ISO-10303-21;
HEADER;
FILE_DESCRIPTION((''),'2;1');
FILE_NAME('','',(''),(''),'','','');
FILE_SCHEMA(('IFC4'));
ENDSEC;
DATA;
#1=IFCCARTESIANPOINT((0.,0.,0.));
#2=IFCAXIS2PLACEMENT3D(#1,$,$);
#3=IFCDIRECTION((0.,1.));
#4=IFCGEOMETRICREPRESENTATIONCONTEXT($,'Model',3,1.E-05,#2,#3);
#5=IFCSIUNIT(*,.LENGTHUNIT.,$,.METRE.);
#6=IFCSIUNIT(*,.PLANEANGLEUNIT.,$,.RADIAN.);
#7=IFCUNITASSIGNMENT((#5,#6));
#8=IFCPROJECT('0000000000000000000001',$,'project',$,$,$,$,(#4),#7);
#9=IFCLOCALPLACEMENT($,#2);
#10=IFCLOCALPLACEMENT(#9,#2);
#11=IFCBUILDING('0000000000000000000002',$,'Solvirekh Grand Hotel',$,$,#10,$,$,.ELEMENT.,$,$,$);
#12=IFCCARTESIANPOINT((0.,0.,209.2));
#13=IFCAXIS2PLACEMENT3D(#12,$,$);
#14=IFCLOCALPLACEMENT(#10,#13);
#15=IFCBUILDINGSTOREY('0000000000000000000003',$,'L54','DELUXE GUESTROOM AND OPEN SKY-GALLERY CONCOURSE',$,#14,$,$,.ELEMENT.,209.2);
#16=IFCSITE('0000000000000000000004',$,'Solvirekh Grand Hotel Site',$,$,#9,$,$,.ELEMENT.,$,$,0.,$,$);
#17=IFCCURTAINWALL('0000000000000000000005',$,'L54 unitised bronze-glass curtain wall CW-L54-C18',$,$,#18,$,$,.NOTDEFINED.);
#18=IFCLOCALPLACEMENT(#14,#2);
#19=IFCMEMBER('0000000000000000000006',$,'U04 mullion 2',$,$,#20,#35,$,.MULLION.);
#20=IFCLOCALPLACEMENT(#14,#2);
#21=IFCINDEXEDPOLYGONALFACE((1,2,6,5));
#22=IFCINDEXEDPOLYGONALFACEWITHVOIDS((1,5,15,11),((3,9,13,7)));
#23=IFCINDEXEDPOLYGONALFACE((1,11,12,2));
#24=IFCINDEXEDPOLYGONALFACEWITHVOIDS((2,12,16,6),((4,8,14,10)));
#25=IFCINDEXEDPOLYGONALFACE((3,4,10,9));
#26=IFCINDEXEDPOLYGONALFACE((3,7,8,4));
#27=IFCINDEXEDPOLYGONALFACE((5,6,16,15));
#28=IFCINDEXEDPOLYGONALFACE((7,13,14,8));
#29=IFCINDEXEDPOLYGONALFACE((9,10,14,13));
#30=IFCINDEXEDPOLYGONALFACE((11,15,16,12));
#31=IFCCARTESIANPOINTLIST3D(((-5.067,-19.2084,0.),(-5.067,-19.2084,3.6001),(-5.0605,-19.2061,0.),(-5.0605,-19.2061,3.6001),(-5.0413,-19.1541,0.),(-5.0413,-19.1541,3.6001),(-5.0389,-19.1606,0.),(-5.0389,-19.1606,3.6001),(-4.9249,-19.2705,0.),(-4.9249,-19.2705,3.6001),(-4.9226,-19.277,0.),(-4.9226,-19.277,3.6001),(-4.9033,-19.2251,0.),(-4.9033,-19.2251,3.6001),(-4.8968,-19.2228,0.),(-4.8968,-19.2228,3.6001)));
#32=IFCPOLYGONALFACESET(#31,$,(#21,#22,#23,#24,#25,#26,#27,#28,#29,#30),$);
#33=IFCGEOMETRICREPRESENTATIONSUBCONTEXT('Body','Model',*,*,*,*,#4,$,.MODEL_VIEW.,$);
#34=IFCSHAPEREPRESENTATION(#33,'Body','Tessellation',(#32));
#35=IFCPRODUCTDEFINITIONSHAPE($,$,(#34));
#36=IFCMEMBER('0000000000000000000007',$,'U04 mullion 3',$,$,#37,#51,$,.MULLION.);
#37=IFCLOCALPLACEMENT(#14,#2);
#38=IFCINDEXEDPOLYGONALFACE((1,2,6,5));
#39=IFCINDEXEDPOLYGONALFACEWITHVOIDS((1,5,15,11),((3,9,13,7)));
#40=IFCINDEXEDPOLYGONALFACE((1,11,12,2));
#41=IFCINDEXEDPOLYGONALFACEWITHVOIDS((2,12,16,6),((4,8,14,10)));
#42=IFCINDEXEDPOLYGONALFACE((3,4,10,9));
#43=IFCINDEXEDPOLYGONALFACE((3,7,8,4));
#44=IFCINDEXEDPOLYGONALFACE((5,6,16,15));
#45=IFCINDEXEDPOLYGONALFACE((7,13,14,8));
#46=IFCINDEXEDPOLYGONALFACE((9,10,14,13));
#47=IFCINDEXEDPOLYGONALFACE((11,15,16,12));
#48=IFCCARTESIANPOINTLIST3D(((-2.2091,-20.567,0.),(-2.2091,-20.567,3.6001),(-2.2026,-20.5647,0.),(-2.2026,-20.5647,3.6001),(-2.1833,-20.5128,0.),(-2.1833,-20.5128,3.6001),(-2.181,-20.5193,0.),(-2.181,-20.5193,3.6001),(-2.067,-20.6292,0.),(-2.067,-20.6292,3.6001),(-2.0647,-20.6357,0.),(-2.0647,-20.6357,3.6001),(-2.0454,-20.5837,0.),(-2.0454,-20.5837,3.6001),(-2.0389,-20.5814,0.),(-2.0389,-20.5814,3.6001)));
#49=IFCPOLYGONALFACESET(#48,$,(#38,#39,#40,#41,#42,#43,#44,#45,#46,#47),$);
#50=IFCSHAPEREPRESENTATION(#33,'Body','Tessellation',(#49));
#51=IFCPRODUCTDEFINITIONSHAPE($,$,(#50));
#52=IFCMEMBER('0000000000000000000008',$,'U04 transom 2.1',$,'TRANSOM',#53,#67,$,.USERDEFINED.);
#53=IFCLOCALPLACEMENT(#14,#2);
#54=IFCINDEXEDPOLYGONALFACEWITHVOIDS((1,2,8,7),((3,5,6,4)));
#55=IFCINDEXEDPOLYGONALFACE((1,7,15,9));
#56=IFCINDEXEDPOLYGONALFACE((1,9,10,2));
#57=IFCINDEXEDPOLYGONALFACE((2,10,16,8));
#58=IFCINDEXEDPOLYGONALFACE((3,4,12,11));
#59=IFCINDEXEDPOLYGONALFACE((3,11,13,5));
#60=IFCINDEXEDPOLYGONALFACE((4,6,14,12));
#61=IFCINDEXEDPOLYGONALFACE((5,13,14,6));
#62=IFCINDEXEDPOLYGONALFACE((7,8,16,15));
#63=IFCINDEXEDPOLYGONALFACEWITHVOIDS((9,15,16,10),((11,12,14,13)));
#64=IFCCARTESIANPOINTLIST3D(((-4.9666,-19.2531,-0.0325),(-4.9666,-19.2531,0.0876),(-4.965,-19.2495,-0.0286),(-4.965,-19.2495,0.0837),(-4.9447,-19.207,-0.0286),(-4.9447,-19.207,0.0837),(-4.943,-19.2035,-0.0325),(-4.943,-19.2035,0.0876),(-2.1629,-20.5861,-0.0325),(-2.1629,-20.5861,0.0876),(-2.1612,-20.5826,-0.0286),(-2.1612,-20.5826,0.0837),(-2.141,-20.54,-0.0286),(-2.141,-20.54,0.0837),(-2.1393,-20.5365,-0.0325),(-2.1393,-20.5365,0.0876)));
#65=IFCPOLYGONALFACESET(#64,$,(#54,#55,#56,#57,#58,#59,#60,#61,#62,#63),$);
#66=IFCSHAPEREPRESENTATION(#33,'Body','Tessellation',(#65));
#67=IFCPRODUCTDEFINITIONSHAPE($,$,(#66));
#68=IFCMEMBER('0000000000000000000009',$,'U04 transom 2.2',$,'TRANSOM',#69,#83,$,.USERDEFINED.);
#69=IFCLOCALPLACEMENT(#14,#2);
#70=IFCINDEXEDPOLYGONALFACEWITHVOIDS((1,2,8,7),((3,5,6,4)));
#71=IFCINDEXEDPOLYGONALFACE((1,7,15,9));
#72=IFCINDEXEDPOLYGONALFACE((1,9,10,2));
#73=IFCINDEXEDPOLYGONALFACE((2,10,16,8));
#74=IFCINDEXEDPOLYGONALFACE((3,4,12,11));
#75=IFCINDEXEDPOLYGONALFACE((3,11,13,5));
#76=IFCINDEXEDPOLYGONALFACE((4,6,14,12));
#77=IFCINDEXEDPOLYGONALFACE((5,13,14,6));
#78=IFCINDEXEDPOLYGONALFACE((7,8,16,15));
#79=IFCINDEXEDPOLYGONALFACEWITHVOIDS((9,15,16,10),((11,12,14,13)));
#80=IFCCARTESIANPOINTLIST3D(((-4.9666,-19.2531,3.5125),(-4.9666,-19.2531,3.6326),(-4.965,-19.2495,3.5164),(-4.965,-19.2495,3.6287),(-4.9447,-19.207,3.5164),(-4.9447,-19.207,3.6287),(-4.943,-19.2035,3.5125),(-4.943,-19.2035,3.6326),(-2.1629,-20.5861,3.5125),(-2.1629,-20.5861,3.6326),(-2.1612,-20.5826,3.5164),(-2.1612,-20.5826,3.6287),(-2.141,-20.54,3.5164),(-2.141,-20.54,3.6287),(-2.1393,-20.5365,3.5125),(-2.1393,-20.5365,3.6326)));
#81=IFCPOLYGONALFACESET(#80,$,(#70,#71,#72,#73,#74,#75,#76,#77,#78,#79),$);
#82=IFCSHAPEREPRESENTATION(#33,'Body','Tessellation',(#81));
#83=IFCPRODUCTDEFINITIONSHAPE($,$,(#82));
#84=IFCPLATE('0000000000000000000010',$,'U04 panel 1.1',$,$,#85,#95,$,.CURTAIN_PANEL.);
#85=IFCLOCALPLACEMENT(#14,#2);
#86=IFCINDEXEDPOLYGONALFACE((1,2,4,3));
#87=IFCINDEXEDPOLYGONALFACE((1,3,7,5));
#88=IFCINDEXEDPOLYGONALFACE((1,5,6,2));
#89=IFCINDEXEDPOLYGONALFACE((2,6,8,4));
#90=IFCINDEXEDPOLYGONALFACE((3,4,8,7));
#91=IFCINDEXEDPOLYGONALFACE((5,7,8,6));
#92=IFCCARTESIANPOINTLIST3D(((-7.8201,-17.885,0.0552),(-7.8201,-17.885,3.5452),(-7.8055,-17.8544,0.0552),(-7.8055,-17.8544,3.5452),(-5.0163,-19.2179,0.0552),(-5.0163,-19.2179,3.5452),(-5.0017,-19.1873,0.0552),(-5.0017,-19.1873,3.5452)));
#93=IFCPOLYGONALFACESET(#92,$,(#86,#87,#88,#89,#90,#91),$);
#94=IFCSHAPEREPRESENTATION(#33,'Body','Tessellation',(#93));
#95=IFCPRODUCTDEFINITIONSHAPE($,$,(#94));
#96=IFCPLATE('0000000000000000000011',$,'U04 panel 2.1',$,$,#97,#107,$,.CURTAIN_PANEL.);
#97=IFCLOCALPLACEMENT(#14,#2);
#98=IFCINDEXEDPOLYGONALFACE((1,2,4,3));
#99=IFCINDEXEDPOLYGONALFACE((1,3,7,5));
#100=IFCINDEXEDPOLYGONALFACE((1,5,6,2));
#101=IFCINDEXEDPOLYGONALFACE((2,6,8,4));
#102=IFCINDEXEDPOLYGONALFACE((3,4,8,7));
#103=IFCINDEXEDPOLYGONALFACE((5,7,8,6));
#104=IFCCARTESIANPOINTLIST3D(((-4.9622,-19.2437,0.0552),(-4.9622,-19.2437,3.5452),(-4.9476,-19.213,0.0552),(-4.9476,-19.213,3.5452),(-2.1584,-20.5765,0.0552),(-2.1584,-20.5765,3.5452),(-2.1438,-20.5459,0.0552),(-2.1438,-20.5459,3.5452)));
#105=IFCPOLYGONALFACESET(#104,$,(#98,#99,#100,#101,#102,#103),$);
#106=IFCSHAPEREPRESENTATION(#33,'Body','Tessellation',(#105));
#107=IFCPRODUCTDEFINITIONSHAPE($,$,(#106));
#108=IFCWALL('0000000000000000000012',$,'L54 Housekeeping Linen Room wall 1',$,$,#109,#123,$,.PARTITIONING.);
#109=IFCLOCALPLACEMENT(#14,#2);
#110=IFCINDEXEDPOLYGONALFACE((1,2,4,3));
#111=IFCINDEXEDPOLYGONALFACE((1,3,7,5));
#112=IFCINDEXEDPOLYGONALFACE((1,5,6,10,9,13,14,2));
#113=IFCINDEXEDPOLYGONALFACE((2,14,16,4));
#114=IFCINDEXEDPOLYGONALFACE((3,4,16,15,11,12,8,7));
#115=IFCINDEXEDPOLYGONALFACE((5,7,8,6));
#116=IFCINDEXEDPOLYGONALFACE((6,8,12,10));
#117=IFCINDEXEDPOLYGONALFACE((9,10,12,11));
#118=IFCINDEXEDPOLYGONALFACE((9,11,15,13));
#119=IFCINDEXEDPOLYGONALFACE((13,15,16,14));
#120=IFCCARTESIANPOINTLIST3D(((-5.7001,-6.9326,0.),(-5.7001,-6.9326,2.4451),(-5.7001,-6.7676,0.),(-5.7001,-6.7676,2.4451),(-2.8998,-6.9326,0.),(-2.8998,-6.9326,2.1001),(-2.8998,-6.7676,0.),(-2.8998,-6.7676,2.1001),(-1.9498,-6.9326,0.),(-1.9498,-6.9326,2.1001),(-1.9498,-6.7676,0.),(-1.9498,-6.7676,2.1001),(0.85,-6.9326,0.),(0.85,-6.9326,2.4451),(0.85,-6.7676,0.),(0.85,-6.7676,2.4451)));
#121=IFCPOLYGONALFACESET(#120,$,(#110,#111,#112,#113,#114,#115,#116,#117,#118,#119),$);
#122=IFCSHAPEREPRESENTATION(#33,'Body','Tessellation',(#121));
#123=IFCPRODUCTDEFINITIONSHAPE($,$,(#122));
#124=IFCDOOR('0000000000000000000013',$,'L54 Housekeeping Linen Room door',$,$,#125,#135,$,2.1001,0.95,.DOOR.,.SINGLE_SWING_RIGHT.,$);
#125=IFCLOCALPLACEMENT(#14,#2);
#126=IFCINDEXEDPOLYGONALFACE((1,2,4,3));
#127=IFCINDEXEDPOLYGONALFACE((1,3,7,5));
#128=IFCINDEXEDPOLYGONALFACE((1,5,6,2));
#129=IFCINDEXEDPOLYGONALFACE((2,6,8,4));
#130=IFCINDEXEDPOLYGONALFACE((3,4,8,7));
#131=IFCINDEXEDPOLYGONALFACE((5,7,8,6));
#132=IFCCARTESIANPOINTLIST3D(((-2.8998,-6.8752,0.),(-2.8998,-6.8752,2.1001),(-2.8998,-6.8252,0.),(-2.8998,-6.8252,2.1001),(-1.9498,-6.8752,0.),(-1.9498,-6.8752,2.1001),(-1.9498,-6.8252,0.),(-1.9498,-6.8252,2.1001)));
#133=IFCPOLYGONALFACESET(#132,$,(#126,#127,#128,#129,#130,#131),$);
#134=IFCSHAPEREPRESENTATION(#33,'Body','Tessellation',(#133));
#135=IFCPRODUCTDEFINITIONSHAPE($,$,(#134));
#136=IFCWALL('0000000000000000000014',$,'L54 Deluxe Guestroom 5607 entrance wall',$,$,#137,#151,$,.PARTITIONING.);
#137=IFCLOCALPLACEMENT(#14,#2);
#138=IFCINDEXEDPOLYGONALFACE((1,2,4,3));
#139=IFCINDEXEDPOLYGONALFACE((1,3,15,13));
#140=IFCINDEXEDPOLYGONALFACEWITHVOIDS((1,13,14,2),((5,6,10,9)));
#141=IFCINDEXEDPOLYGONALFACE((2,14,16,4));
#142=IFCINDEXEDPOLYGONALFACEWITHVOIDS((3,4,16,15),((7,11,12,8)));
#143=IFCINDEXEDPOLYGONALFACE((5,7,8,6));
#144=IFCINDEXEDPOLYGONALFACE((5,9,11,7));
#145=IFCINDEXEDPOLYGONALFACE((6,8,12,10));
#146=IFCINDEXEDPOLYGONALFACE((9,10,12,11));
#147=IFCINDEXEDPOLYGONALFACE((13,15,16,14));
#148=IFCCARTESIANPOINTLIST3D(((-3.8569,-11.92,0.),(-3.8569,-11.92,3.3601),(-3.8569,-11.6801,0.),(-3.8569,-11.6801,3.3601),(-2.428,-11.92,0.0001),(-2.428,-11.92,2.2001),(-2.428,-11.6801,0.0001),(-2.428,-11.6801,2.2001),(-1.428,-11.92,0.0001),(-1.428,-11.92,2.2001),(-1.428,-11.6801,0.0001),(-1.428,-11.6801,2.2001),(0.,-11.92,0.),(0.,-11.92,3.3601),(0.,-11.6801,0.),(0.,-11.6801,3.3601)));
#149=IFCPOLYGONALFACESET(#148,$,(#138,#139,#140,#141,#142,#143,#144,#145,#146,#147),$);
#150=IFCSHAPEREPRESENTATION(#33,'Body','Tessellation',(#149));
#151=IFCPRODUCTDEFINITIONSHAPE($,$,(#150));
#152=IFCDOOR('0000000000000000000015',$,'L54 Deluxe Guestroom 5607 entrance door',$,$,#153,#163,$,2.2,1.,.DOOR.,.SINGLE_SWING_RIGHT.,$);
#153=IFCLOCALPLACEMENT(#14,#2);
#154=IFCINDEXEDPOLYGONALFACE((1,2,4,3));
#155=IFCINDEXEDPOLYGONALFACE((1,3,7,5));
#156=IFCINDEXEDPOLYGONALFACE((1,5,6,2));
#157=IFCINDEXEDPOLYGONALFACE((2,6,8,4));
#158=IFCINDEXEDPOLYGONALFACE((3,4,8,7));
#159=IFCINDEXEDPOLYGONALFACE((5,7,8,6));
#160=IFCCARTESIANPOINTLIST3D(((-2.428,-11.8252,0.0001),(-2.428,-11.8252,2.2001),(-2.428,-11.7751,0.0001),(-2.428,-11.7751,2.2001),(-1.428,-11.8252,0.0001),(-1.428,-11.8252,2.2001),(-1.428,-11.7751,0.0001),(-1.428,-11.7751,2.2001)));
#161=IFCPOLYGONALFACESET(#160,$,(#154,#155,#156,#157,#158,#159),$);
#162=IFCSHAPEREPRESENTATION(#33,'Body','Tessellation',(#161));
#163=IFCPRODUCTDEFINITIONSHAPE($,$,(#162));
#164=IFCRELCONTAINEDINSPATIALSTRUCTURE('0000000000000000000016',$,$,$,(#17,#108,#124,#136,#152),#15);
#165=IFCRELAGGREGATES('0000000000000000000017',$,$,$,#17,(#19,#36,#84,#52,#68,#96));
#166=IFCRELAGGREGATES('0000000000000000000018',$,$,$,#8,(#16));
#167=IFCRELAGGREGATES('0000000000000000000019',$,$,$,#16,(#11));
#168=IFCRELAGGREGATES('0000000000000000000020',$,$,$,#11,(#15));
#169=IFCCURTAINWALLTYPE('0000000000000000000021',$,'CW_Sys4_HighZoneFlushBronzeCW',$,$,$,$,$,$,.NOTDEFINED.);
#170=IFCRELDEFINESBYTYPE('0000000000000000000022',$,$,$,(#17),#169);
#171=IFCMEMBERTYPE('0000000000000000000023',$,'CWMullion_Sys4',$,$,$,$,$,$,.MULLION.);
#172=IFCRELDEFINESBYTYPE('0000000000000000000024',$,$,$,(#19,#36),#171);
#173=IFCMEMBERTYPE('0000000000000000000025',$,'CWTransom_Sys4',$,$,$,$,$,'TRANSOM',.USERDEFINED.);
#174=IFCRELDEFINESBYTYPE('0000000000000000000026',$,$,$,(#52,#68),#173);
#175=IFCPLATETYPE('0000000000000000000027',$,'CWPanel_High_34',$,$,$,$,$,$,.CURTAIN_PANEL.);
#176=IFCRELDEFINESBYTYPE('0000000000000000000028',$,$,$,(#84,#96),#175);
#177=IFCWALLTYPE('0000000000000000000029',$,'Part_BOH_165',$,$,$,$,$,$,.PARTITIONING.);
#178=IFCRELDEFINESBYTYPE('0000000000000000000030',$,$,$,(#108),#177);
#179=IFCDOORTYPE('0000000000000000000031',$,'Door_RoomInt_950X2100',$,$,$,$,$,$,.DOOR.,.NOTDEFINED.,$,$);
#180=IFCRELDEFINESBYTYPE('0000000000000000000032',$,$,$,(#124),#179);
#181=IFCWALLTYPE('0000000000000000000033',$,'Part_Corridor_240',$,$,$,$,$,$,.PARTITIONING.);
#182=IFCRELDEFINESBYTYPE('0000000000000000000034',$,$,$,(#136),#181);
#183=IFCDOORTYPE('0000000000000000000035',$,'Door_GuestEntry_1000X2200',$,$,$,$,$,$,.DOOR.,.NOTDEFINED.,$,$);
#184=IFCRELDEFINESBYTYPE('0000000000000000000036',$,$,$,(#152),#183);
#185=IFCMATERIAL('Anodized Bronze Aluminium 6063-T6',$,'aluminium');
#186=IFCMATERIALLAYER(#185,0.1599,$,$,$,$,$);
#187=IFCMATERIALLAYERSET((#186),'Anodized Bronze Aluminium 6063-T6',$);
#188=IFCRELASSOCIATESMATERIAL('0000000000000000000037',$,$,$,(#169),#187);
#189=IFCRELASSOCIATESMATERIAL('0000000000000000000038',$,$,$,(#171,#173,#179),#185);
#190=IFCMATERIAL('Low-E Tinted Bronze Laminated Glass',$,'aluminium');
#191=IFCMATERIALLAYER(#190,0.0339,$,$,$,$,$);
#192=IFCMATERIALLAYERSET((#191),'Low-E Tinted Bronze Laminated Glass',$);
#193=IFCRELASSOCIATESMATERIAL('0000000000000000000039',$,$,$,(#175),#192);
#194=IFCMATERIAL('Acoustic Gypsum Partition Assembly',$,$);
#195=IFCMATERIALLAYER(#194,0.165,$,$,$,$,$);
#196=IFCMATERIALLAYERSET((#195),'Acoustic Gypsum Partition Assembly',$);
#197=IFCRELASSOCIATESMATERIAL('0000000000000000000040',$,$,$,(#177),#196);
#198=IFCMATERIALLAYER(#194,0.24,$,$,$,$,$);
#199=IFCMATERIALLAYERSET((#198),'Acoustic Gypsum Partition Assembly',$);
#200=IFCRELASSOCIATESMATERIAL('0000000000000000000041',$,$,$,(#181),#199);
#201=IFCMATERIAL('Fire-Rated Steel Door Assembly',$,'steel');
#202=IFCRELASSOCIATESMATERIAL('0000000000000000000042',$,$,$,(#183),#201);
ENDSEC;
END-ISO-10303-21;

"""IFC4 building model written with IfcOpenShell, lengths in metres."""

from ifc_helpers import new_model, si_unit, direction, frame, frame_2d, origin, origin_2d, place, context, subcontext, project, spatial, rectangle, hollow_rectangle, extrude, source, transform, mapped, material, layer, layer_set, material_profile, profile_set, type_object, element, fill, aggregate, save


model = new_model("IFC4")

# Units and contexts
model_context = context("Model", 3, precision=1e-05, world=origin(), true_north=direction((0.0, 1.0)))
body_context = subcontext(model_context, "Body", "Model", "MODEL_VIEW")
ifc_project = project(units=[si_unit("LENGTHUNIT", "METRE"), si_unit("PLANEANGLEUNIT", "RADIAN")], contexts=[model_context])

# Site, building, storey
site_placement = place(None, origin())
site = spatial("IfcSite", under=ifc_project, at=site_placement, Name="Solvirekh Grand Hotel Site", CompositionType="ELEMENT", RefElevation=0.0)
building_placement = place(site_placement, origin())
building = spatial("IfcBuilding", under=site, at=building_placement, Name="Solvirekh Grand Hotel", CompositionType="ELEMENT")
storey_placement = place(building_placement, frame((0.0, 0.0, 209.2)))
storey = spatial("IfcBuildingStorey", under=building, at=storey_placement, Name="L54", Description="DELUXE GUESTROOM AND OPEN SKY-GALLERY CONCOURSE", CompositionType="ELEMENT", Elevation=209.2)

# Curtain wall, members, plates
ifc_material_1 = material(Name="Anodized Bronze Aluminium 6063-T6", Category="aluminium")
ifc_layer_1 = layer(ifc_material_1, 0.1599)
ifc_layer_set_1 = layer_set([ifc_layer_1], Name="Anodized Bronze Aluminium 6063-T6")
curtain_wall_type = type_object("IfcCurtainWallType", Name="CW_Sys4_HighZoneFlushBronzeCW", PredefinedType="NOTDEFINED", material=ifc_layer_set_1)
curtain_wall_placement = place(storey_placement, origin())
curtain_wall = element("IfcCurtainWall", 1, at=curtain_wall_placement, inside=storey, type_object=curtain_wall_type, Name="L54 unitised bronze-glass curtain wall CW-L54-C18", PredefinedType="NOTDEFINED")
ifc_material_profile_1 = material_profile(ifc_material_1, hollow_rectangle(XDim=0.0601, YDim=0.1599, WallThickness=0.0049, at=origin_2d()), Name="ALU RHS 160X60X5")
ifc_profile_set_1 = profile_set([ifc_material_profile_1], Name="Anodized Bronze Aluminium 6063-T6")
member_type_1 = type_object("IfcMemberType", Name="CWMullion_Sys4", PredefinedType="MULLION", material=ifc_profile_set_1)
shared_shape_1 = source(origin(), body_context, "Body", "SweptSolid", [
    extrude(hollow_rectangle(XDim=0.0601, YDim=0.1599, WallThickness=0.0049, at=origin_2d()), origin(), (0.0, 0.0, 1.0), 3.6001),
])
member_1_placement = place(storey_placement, frame((-4.9819, -19.2156, 0.0), z_axis=(0.0, 0.0, 1.0), x_axis=(0.429344, 0.903141, 0.0)))
member_1 = element("IfcMember", 2, at=member_1_placement, type_object=member_type_1, Name="U04 mullion 2", PredefinedType="MULLION", context=body_context, shape_type="MappedRepresentation", body=[
    mapped(shared_shape_1, transform((0.0, 0.0, 0.0), x_axis=(1.0, 0.0, 0.0), y_axis=(0.0, 1.0, 0.0), z_axis=(0.0, 0.0, 1.0), scale=1.0)),
])
member_2_placement = place(storey_placement, frame((-2.124, -20.5742, 0.0), z_axis=(0.0, 0.0, 1.0), x_axis=(0.429344, 0.903141, 0.0)))
member_2 = element("IfcMember", 3, at=member_2_placement, type_object=member_type_1, Name="U04 mullion 3", PredefinedType="MULLION", context=body_context, shape_type="MappedRepresentation", body=[
    mapped(shared_shape_1, transform((0.0, 0.0, 0.0), x_axis=(1.0, 0.0, 0.0), y_axis=(0.0, 1.0, 0.0), z_axis=(0.0, 0.0, 1.0), scale=1.0)),
])
ifc_material_profile_2 = material_profile(ifc_material_1, hollow_rectangle(XDim=0.0549, YDim=0.1201, WallThickness=0.0039, at=origin_2d()), Name="ALU RHS 120X55X4")
ifc_profile_set_2 = profile_set([ifc_material_profile_2], Name="Anodized Bronze Aluminium 6063-T6")
member_type_2 = type_object("IfcMemberType", Name="CWTransom_Sys4", ElementType="TRANSOM", PredefinedType="USERDEFINED", material=ifc_profile_set_2)
shared_shape_2 = source(origin(), body_context, "Body", "SweptSolid", [
    extrude(hollow_rectangle(XDim=0.0549, YDim=0.1201, WallThickness=0.0039, at=origin_2d()), origin(), (0.0, 0.0, 1.0), 3.1045),
])
member_3_placement = place(storey_placement, frame((-4.9548, -19.2283, 0.0276), z_axis=(0.903122, -0.429384, 0.0), x_axis=(0.429384, 0.903122, 0.0)))
member_3 = element("IfcMember", 4, at=member_3_placement, type_object=member_type_2, Name="U04 transom 2.1", ObjectType="TRANSOM", PredefinedType="USERDEFINED", context=body_context, shape_type="MappedRepresentation", body=[
    mapped(shared_shape_2, transform((0.0, 0.0, 0.0), x_axis=(1.0, 0.0, 0.0), y_axis=(0.0, 1.0, 0.0), z_axis=(0.0, 0.0, 1.0), scale=1.0)),
])
member_4_placement = place(storey_placement, frame((-4.9548, -19.2283, 3.5725), z_axis=(0.903122, -0.429384, 0.0), x_axis=(0.429384, 0.903122, 0.0)))
member_4 = element("IfcMember", 5, at=member_4_placement, type_object=member_type_2, Name="U04 transom 2.2", ObjectType="TRANSOM", PredefinedType="USERDEFINED", context=body_context, shape_type="MappedRepresentation", body=[
    mapped(shared_shape_2, transform((0.0, 0.0, 0.0), x_axis=(1.0, 0.0, 0.0), y_axis=(0.0, 1.0, 0.0), z_axis=(0.0, 0.0, 1.0), scale=1.0)),
])
ifc_material_2 = material(Name="Low-E Tinted Bronze Laminated Glass", Category="aluminium")
ifc_layer_2 = layer(ifc_material_2, 0.0339)
ifc_layer_set_2 = layer_set([ifc_layer_2], Name="Low-E Tinted Bronze Laminated Glass")
plate_type = type_object("IfcPlateType", Name="CWPanel_High_34", PredefinedType="CURTAIN_PANEL", material=ifc_layer_set_2)
shared_shape_3 = source(origin(), body_context, "Body", "SweptSolid", [
    extrude(rectangle(XDim=3.1045, YDim=0.0339, at=origin_2d()), origin(), (0.0, 0.0, 1.0), 3.49),
])
plate_1_placement = place(storey_placement, frame((-6.4109, -18.5361, 0.0552), z_axis=(0.0, 0.0, 1.0), x_axis=(0.903141, -0.429344, 0.0)))
plate_1 = element("IfcPlate", 6, at=plate_1_placement, type_object=plate_type, Name="U04 panel 1.1", PredefinedType="CURTAIN_PANEL", context=body_context, shape_type="MappedRepresentation", body=[
    mapped(shared_shape_3, transform((0.0, 0.0, 0.0), x_axis=(1.0, 0.0, 0.0), y_axis=(0.0, 1.0, 0.0), z_axis=(0.0, 0.0, 1.0), scale=1.0)),
])
plate_2_placement = place(storey_placement, frame((-3.553, -19.8948, 0.0552), z_axis=(0.0, 0.0, 1.0), x_axis=(0.903141, -0.429344, 0.0)))
plate_2 = element("IfcPlate", 7, at=plate_2_placement, type_object=plate_type, Name="U04 panel 2.1", PredefinedType="CURTAIN_PANEL", context=body_context, shape_type="MappedRepresentation", body=[
    mapped(shared_shape_3, transform((0.0, 0.0, 0.0), x_axis=(1.0, 0.0, 0.0), y_axis=(0.0, 1.0, 0.0), z_axis=(0.0, 0.0, 1.0), scale=1.0)),
])
aggregate(curtain_wall, [member_1, member_2, plate_1, member_3, member_4, plate_2])

# Walls, openings, doors
ifc_material_3 = material(Name="Acoustic Gypsum Partition Assembly")
ifc_layer_3 = layer(ifc_material_3, 0.165)
ifc_layer_set_3 = layer_set([ifc_layer_3], Name="Acoustic Gypsum Partition Assembly")
wall_type_1 = type_object("IfcWallType", Name="Part_BOH_165", PredefinedType="PARTITIONING", material=ifc_layer_set_3)
wall_1_placement = place(storey_placement, frame((-5.7, -6.8501, 0.0), z_axis=(0.0, 0.0, 1.0), x_axis=(1.0, 0.0, 0.0)))
wall_1 = element("IfcWall", 8, at=wall_1_placement, inside=storey, type_object=wall_type_1, Name="L54 Housekeeping Linen Room wall 1", PredefinedType="PARTITIONING", context=body_context, shape_type="SweptSolid", body=[
    extrude(rectangle(XDim=6.55, YDim=0.165, at=frame_2d((3.2749, 0.0))), origin(), (0.0, 0.0, 1.0), 2.4451),
])
opening_1_placement = place(wall_1_placement, frame((2.8, 0.0, 0.0)))
opening_1 = element("IfcOpeningElement", 9, at=opening_1_placement, cuts=wall_1, PredefinedType="OPENING", context=body_context, shape_type="SweptSolid", body=[
    extrude(rectangle(XDim=0.95, YDim=2.1001, at=frame_2d((0.4751, 1.05))), frame((0.0, 0.0925, 0.0), z_axis=(0.0, -1.0, 0.0), x_axis=(1.0, 0.0, 0.0)), (0.0, 0.0, 1.0), 0.1851),
])
door_type_1 = type_object("IfcDoorType", Name="Door_RoomInt_950X2100", OperationType="NOTDEFINED", PredefinedType="DOOR", material=ifc_material_1)
door_1_placement = place(opening_1_placement, origin())
door_1 = element("IfcDoor", 10, at=door_1_placement, inside=storey, type_object=door_type_1, Name="L54 Housekeeping Linen Room door", OperationType="SINGLE_SWING_RIGHT", OverallHeight=2.1001, OverallWidth=0.95, PredefinedType="DOOR", context=body_context, shape_type="SweptSolid", body=[
    extrude(rectangle(XDim=0.95, YDim=2.1001, at=frame_2d((0.4751, 1.05))), frame((0.0, 0.0249, 0.0), z_axis=(0.0, -1.0, 0.0), x_axis=(1.0, 0.0, 0.0)), (0.0, 0.0, 1.0), 0.05),
])
fill(opening_1, door_1)
ifc_layer_4 = layer(ifc_material_3, 0.24)
ifc_layer_set_4 = layer_set([ifc_layer_4], Name="Acoustic Gypsum Partition Assembly")
wall_type_2 = type_object("IfcWallType", Name="Part_Corridor_240", PredefinedType="PARTITIONING", material=ifc_layer_set_4)
wall_2_placement = place(storey_placement, frame((-3.8569, -11.8, 0.0), z_axis=(0.0, 0.0, 1.0), x_axis=(1.0, 0.0, 0.0)))
wall_2 = element("IfcWall", 11, at=wall_2_placement, inside=storey, type_object=wall_type_2, Name="L54 Deluxe Guestroom 5607 entrance wall", PredefinedType="PARTITIONING", context=body_context, shape_type="SweptSolid", body=[
    extrude(rectangle(XDim=3.8569, YDim=0.24, at=frame_2d((1.9285, 0.0))), origin(), (0.0, 0.0, 1.0), 3.3601),
])
opening_2_placement = place(wall_2_placement, frame((1.429, 0.0, 0.0)))
opening_2 = element("IfcOpeningElement", 12, at=opening_2_placement, cuts=wall_2, PredefinedType="OPENING", context=body_context, shape_type="SweptSolid", body=[
    extrude(rectangle(XDim=1.0, YDim=2.2, at=frame_2d((0.5, 1.1001))), frame((0.0, 0.1299, 0.0), z_axis=(0.0, -1.0, 0.0), x_axis=(1.0, 0.0, 0.0)), (0.0, 0.0, 1.0), 0.26),
])
ifc_material_4 = material(Name="Fire-Rated Steel Door Assembly", Category="steel")
door_type_2 = type_object("IfcDoorType", Name="Door_GuestEntry_1000X2200", OperationType="NOTDEFINED", PredefinedType="DOOR", material=ifc_material_4)
door_2_placement = place(opening_2_placement, origin())
door_2 = element("IfcDoor", 13, at=door_2_placement, inside=storey, type_object=door_type_2, Name="L54 Deluxe Guestroom 5607 entrance door", OperationType="SINGLE_SWING_RIGHT", OverallHeight=2.2, OverallWidth=1.0, PredefinedType="DOOR", context=body_context, shape_type="SweptSolid", body=[
    extrude(rectangle(XDim=1.0, YDim=2.2, at=frame_2d((0.5, 1.1001))), frame((0.0, 0.0249, 0.0), z_axis=(0.0, -1.0, 0.0), x_axis=(1.0, 0.0, 0.0)), (0.0, 0.0, 1.0), 0.05),
])
fill(opening_2, door_2)

save(model, "model.ifc")
